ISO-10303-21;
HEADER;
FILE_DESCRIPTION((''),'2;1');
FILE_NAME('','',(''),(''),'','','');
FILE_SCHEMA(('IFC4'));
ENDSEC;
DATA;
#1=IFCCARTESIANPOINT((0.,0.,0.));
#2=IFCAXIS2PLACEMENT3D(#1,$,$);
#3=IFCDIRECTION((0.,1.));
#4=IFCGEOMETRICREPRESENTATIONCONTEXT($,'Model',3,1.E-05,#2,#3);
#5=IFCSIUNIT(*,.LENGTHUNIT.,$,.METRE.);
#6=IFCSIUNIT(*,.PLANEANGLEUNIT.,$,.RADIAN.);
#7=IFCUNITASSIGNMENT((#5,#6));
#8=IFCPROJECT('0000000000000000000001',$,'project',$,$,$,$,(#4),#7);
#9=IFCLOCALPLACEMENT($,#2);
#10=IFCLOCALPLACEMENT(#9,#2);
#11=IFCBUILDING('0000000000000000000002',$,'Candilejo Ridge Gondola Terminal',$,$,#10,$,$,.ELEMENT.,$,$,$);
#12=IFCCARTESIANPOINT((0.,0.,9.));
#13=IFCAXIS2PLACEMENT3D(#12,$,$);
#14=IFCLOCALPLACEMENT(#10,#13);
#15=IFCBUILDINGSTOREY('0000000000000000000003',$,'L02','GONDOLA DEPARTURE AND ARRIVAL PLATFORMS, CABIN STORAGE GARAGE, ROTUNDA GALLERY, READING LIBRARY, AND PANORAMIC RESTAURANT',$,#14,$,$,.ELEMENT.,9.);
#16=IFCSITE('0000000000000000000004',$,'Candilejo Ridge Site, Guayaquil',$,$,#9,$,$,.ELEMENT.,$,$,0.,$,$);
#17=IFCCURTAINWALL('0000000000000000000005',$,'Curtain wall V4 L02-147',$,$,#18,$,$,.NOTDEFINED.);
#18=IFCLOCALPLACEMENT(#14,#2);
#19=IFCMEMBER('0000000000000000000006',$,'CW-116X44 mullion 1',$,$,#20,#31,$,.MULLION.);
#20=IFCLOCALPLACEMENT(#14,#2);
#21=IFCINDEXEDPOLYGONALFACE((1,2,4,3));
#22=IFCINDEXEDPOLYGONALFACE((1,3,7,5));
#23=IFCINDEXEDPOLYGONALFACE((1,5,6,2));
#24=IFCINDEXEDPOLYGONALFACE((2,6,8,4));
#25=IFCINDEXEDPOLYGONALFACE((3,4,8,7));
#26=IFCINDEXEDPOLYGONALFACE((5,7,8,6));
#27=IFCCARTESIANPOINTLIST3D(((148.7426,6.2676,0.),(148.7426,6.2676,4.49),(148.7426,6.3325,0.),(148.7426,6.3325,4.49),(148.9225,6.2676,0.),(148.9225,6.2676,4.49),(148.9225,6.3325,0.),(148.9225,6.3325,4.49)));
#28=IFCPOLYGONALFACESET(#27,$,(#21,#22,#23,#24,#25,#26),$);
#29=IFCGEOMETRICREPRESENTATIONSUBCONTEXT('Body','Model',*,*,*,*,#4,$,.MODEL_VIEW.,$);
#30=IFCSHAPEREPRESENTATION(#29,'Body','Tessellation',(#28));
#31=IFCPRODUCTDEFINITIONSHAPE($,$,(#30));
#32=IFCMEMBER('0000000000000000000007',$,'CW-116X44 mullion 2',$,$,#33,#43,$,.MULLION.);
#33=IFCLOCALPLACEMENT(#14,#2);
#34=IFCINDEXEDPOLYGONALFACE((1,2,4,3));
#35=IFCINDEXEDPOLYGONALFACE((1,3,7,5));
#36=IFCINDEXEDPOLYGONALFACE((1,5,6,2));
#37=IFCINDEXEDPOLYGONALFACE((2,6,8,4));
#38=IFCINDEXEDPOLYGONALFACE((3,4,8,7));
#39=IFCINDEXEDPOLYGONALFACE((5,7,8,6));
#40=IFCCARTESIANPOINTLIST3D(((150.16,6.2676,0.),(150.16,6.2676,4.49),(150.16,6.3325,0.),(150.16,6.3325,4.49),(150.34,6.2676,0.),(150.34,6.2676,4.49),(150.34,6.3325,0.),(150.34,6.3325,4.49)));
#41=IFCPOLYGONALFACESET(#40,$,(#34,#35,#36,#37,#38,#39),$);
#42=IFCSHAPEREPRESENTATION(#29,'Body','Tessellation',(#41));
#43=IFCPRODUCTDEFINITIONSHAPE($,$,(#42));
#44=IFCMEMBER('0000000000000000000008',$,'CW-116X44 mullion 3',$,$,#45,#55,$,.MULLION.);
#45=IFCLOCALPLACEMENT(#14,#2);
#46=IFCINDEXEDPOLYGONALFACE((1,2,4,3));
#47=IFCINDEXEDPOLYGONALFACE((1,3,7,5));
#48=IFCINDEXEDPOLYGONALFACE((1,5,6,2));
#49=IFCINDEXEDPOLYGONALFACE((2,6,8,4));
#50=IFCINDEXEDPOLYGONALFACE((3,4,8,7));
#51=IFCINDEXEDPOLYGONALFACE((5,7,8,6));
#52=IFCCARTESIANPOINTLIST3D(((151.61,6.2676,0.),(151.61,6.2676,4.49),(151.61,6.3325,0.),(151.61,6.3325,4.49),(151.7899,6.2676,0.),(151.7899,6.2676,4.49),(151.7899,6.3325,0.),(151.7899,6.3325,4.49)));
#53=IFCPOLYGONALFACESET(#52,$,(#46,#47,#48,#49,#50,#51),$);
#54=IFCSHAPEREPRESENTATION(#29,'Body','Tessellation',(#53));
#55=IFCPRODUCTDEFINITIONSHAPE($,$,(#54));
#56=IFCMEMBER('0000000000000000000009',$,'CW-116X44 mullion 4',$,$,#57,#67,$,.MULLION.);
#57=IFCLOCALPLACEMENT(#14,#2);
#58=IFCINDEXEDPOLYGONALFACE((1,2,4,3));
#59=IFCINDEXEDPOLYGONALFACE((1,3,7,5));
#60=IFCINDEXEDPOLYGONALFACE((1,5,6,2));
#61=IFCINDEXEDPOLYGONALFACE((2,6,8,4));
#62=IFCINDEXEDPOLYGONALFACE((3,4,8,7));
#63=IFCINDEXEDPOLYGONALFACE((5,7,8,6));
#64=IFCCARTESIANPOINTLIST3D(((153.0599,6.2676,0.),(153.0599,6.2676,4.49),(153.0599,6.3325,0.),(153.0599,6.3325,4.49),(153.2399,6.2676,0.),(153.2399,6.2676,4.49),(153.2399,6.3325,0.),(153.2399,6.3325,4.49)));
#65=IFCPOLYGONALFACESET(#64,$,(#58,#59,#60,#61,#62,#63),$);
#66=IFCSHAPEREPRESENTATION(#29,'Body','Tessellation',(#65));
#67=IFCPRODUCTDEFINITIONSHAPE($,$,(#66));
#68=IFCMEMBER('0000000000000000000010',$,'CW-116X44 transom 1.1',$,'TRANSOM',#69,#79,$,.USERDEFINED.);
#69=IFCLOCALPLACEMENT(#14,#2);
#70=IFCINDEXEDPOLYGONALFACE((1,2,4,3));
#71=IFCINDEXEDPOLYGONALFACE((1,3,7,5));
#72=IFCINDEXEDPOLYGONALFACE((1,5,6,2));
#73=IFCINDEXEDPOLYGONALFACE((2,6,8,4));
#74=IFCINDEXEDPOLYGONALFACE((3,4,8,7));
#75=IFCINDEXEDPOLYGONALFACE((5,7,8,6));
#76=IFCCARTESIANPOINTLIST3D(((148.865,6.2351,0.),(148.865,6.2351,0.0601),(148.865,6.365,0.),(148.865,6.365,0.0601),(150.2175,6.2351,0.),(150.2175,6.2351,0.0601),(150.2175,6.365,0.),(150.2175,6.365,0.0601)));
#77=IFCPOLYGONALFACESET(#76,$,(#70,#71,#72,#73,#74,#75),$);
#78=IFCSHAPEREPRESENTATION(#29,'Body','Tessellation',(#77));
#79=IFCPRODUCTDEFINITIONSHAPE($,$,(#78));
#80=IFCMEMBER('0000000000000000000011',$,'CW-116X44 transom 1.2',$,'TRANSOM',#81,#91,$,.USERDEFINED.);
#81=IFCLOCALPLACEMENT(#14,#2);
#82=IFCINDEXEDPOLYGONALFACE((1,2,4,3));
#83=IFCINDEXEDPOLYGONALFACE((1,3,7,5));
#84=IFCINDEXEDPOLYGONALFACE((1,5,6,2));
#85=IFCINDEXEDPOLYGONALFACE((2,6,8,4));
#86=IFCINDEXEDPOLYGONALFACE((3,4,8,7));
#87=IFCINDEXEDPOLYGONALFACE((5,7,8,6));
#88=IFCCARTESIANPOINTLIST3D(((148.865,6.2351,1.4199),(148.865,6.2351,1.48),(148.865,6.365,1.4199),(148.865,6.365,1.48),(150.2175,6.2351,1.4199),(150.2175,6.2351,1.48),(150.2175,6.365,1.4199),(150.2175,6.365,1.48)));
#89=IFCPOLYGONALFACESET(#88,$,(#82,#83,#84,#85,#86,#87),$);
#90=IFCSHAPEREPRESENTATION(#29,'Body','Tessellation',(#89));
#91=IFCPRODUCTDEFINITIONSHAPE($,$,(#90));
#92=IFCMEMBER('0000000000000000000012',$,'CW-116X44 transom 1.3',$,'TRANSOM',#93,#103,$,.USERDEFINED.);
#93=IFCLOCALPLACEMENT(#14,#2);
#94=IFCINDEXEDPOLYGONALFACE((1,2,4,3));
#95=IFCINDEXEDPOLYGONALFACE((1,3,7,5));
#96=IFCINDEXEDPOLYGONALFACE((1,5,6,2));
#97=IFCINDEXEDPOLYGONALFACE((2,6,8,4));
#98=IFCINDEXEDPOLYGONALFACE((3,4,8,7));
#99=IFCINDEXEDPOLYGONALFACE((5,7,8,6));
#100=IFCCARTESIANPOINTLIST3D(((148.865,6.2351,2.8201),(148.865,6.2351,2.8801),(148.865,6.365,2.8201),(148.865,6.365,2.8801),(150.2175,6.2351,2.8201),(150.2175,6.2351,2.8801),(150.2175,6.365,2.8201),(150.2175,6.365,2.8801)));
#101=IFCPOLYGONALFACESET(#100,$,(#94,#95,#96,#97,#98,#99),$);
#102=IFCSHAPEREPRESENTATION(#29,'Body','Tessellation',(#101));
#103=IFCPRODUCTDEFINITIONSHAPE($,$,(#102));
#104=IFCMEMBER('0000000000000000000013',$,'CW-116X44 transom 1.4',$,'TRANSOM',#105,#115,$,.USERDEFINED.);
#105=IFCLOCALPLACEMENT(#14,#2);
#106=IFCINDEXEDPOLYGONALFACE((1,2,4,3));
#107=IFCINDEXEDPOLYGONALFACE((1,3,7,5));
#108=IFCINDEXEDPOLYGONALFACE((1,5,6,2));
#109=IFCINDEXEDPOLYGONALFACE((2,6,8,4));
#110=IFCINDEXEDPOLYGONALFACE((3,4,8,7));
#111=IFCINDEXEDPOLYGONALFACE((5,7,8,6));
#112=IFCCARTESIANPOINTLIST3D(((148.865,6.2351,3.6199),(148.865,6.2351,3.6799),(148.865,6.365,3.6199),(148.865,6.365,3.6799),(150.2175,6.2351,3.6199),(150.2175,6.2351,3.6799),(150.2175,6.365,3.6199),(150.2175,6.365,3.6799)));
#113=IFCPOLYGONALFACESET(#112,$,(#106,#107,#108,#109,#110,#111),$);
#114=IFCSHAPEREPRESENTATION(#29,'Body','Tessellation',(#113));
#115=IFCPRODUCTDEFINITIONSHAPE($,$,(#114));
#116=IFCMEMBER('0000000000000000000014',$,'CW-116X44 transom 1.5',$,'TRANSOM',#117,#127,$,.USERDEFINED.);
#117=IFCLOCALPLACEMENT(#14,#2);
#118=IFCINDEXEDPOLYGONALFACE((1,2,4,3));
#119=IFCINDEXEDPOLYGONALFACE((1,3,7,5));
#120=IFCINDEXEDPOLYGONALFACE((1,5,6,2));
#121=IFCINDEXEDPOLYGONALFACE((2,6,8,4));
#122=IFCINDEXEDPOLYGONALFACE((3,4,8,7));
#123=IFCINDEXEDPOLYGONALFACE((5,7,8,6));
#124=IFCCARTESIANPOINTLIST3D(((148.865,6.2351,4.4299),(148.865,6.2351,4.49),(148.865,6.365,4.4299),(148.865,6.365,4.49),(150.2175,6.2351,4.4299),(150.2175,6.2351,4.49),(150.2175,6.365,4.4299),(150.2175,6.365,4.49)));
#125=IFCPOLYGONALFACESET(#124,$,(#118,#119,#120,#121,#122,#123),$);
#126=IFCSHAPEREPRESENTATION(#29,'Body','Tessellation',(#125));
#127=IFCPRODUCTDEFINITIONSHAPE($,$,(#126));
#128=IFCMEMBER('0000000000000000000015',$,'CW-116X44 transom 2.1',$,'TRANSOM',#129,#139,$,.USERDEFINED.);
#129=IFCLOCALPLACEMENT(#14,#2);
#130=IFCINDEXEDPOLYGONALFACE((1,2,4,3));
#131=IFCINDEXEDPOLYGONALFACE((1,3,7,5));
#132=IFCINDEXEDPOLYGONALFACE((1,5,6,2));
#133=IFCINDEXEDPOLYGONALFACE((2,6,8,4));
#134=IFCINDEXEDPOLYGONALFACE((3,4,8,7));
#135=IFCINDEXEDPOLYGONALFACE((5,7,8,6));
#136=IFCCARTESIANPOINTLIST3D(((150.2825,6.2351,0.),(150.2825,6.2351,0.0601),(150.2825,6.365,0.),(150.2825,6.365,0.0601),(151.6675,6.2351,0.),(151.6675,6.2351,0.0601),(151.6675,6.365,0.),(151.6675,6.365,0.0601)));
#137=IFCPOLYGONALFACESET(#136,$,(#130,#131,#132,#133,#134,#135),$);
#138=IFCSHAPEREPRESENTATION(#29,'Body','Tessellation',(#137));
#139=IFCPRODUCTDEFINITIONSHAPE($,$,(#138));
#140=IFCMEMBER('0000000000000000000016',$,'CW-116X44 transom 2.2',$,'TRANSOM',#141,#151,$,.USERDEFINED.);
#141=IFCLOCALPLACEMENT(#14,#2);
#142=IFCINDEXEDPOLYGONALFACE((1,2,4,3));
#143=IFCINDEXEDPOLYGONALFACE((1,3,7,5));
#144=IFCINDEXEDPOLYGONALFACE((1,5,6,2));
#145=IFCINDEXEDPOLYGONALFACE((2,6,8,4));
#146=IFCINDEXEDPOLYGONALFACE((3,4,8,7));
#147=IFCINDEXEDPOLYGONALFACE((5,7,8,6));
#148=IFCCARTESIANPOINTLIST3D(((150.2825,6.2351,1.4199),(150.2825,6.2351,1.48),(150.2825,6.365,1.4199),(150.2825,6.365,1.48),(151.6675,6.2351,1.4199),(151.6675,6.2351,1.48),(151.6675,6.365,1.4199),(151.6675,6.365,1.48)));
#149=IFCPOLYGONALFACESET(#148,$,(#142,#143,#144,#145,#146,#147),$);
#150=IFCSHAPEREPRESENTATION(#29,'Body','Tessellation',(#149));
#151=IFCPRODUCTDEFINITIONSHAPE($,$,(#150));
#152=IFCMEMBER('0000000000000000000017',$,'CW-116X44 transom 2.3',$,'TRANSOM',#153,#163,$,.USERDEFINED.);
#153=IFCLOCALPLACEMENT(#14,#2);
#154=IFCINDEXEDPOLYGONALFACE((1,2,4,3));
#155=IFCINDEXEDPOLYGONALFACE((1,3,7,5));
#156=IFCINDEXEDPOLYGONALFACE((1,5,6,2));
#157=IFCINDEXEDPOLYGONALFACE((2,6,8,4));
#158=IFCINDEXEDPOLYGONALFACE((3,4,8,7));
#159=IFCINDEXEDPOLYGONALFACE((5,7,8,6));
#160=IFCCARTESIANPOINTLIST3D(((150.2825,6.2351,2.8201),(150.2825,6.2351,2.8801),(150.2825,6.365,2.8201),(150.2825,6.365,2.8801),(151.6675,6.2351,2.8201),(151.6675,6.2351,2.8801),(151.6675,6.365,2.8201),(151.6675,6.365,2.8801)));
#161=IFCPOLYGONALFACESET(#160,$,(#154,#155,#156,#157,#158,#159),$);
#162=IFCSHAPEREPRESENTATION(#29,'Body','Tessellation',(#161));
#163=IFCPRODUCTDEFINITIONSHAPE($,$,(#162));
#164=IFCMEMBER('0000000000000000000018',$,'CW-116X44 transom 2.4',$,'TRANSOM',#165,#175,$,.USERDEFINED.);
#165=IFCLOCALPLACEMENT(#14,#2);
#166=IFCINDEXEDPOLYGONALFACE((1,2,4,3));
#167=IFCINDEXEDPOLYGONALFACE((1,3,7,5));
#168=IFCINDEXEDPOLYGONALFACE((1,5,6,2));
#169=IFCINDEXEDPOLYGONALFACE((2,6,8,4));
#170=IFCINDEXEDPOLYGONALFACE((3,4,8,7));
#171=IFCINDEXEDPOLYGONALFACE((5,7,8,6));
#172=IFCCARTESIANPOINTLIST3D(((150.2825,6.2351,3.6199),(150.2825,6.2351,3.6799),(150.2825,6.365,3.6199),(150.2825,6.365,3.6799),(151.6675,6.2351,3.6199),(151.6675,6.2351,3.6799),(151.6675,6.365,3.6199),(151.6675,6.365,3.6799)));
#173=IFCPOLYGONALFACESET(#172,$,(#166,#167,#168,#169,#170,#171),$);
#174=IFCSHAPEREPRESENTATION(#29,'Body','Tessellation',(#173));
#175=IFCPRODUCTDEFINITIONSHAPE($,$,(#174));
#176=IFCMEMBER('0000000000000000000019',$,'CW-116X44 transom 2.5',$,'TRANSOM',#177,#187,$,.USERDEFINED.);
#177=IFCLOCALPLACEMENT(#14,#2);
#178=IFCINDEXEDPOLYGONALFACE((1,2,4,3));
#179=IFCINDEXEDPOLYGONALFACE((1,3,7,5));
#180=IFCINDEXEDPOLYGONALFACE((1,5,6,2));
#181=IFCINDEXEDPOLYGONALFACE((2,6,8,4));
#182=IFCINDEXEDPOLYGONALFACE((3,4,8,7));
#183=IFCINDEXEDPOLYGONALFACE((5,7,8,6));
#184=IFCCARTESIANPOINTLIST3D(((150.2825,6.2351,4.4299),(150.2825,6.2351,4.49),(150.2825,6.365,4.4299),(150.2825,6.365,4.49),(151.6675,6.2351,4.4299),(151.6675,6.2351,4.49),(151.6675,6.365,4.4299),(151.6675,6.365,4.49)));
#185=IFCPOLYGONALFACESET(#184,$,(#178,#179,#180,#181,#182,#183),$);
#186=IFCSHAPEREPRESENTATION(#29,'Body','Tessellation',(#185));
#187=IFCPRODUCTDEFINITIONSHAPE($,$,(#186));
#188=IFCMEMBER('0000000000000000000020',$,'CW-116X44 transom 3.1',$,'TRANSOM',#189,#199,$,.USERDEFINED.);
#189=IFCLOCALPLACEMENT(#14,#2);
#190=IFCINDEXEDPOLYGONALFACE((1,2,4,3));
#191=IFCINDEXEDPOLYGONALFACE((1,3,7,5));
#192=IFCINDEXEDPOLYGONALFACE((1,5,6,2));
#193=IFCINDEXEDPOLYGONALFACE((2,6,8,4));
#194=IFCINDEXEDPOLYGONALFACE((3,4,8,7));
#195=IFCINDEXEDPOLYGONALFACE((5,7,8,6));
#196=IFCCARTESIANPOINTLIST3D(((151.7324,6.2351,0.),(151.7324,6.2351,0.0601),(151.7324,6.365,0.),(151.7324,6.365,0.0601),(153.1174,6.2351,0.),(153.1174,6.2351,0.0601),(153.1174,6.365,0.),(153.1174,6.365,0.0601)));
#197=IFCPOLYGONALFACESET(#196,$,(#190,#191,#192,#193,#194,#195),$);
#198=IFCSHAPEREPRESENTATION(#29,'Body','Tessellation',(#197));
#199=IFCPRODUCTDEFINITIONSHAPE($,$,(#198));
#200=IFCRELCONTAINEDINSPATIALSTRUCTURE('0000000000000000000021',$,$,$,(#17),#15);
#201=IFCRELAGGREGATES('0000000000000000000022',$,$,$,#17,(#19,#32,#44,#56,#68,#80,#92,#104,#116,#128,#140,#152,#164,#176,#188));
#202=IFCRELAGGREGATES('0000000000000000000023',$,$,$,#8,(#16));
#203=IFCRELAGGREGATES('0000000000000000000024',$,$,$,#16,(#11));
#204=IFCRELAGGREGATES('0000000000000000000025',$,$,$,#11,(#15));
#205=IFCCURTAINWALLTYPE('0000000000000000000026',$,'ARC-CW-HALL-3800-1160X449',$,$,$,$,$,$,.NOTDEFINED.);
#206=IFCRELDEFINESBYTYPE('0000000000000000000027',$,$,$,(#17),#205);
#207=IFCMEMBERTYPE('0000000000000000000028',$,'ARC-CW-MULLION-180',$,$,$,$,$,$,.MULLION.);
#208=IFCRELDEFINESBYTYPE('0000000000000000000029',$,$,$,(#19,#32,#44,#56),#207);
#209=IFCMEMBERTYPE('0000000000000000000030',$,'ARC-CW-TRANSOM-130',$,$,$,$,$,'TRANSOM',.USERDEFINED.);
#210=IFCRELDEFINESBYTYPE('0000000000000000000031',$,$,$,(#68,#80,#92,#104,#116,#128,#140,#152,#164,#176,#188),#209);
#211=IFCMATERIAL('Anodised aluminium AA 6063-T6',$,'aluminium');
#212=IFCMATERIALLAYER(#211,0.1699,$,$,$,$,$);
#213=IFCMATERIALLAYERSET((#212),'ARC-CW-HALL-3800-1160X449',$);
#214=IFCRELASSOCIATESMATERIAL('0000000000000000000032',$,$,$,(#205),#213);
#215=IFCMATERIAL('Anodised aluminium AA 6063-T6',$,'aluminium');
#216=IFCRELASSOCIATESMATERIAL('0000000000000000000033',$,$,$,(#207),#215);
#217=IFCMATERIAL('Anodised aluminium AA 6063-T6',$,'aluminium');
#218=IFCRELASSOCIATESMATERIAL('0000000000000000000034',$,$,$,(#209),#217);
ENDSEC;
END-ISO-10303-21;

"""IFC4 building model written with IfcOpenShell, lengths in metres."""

from ifc_helpers import new_model, si_unit, direction, frame, origin, origin_2d, place, context, subcontext, project, spatial, rectangle, extrude, material, layer, layer_set, material_profile, profile_set, type_object, element, aggregate, save


model = new_model("IFC4")

# Units and contexts
model_context = context("Model", 3, precision=1e-05, world=origin(), true_north=direction((0.0, 1.0)))
body_context = subcontext(model_context, "Body", "Model", "MODEL_VIEW")
ifc_project = project(units=[si_unit("LENGTHUNIT", "METRE"), si_unit("PLANEANGLEUNIT", "RADIAN")], contexts=[model_context])

# Site, building, storey
site_placement = place(None, origin())
site = spatial("IfcSite", under=ifc_project, at=site_placement, Name="Candilejo Ridge Site, Guayaquil", CompositionType="ELEMENT", RefElevation=0.0)
building_placement = place(site_placement, origin())
building = spatial("IfcBuilding", under=site, at=building_placement, Name="Candilejo Ridge Gondola Terminal", CompositionType="ELEMENT")
storey_placement = place(building_placement, frame((0.0, 0.0, 9.0)))
storey = spatial("IfcBuildingStorey", under=building, at=storey_placement, Name="L02", Description="GONDOLA DEPARTURE AND ARRIVAL PLATFORMS, CABIN STORAGE GARAGE, ROTUNDA GALLERY, READING LIBRARY, AND PANORAMIC RESTAURANT", CompositionType="ELEMENT", Elevation=9.0)

# Curtain wall, members
ifc_material_1 = material(Name="Anodised aluminium AA 6063-T6", Category="aluminium")
ifc_layer_1 = layer(ifc_material_1, 0.1699)
ifc_layer_set_1 = layer_set([ifc_layer_1], Name="ARC-CW-HALL-3800-1160X449")
curtain_wall_type = type_object("IfcCurtainWallType", Name="ARC-CW-HALL-3800-1160X449", PredefinedType="NOTDEFINED", material=ifc_layer_set_1)
curtain_wall_placement = place(storey_placement, origin())
curtain_wall = element("IfcCurtainWall", 1, at=curtain_wall_placement, inside=storey, type_object=curtain_wall_type, Name="Curtain wall V4 L02-147", PredefinedType="NOTDEFINED")
ifc_material_2 = material(Name="Anodised aluminium AA 6063-T6", Category="aluminium")
ifc_material_profile_1 = material_profile(ifc_material_2, rectangle(XDim=0.0649, YDim=0.1799, at=origin_2d()))
ifc_profile_set_1 = profile_set([ifc_material_profile_1], Name="Anodised aluminium AA 6063-T6")
member_type_1 = type_object("IfcMemberType", Name="ARC-CW-MULLION-180", PredefinedType="MULLION", material=ifc_profile_set_1)
member_1_placement = place(storey_placement, frame((148.8325, 6.3, 0.0), z_axis=(0.0, 0.0, 1.0), x_axis=(0.0, 1.0, 0.0)))
member_1 = element("IfcMember", 2, at=member_1_placement, type_object=member_type_1, Name="CW-116X44 mullion 1", PredefinedType="MULLION", context=body_context, shape_type="SweptSolid", body=[
    extrude(rectangle(XDim=0.0649, YDim=0.1799, at=origin_2d()), origin(), (0.0, 0.0, 1.0), 4.49),
])
member_2_placement = place(storey_placement, frame((150.25, 6.3, 0.0), z_axis=(0.0, 0.0, 1.0), x_axis=(0.0, 1.0, 0.0)))
member_2 = element("IfcMember", 3, at=member_2_placement, type_object=member_type_1, Name="CW-116X44 mullion 2", PredefinedType="MULLION", context=body_context, shape_type="SweptSolid", body=[
    extrude(rectangle(XDim=0.0649, YDim=0.1799, at=origin_2d()), origin(), (0.0, 0.0, 1.0), 4.49),
])
member_3_placement = place(storey_placement, frame((151.7, 6.3, 0.0), z_axis=(0.0, 0.0, 1.0), x_axis=(0.0, 1.0, 0.0)))
member_3 = element("IfcMember", 4, at=member_3_placement, type_object=member_type_1, Name="CW-116X44 mullion 3", PredefinedType="MULLION", context=body_context, shape_type="SweptSolid", body=[
    extrude(rectangle(XDim=0.0649, YDim=0.1799, at=origin_2d()), origin(), (0.0, 0.0, 1.0), 4.49),
])
member_4_placement = place(storey_placement, frame((153.1499, 6.3, 0.0), z_axis=(0.0, 0.0, 1.0), x_axis=(0.0, 1.0, 0.0)))
member_4 = element("IfcMember", 5, at=member_4_placement, type_object=member_type_1, Name="CW-116X44 mullion 4", PredefinedType="MULLION", context=body_context, shape_type="SweptSolid", body=[
    extrude(rectangle(XDim=0.0649, YDim=0.1799, at=origin_2d()), origin(), (0.0, 0.0, 1.0), 4.49),
])
ifc_material_3 = material(Name="Anodised aluminium AA 6063-T6", Category="aluminium")
ifc_material_profile_2 = material_profile(ifc_material_3, rectangle(XDim=0.1299, YDim=0.0601, at=origin_2d()))
ifc_profile_set_2 = profile_set([ifc_material_profile_2], Name="Anodised aluminium AA 6063-T6")
member_type_2 = type_object("IfcMemberType", Name="ARC-CW-TRANSOM-130", ElementType="TRANSOM", PredefinedType="USERDEFINED", material=ifc_profile_set_2)
member_5_placement = place(storey_placement, frame((148.865, 6.3, 0.03), z_axis=(1.0, 0.0, 0.0), x_axis=(0.0, 1.0, 0.0)))
member_5 = element("IfcMember", 6, at=member_5_placement, type_object=member_type_2, Name="CW-116X44 transom 1.1", ObjectType="TRANSOM", PredefinedType="USERDEFINED", context=body_context, shape_type="SweptSolid", body=[
    extrude(rectangle(XDim=0.1299, YDim=0.0601, at=origin_2d()), origin(), (0.0, 0.0, 1.0), 1.3525),
])
member_6_placement = place(storey_placement, frame((148.865, 6.3, 1.45), z_axis=(1.0, 0.0, 0.0), x_axis=(0.0, 1.0, 0.0)))
member_6 = element("IfcMember", 7, at=member_6_placement, type_object=member_type_2, Name="CW-116X44 transom 1.2", ObjectType="TRANSOM", PredefinedType="USERDEFINED", context=body_context, shape_type="SweptSolid", body=[
    extrude(rectangle(XDim=0.1299, YDim=0.0601, at=origin_2d()), origin(), (0.0, 0.0, 1.0), 1.3525),
])
member_7_placement = place(storey_placement, frame((148.865, 6.3, 2.8501), z_axis=(1.0, 0.0, 0.0), x_axis=(0.0, 1.0, 0.0)))
member_7 = element("IfcMember", 8, at=member_7_placement, type_object=member_type_2, Name="CW-116X44 transom 1.3", ObjectType="TRANSOM", PredefinedType="USERDEFINED", context=body_context, shape_type="SweptSolid", body=[
    extrude(rectangle(XDim=0.1299, YDim=0.0601, at=origin_2d()), origin(), (0.0, 0.0, 1.0), 1.3525),
])
member_8_placement = place(storey_placement, frame((148.865, 6.3, 3.6499), z_axis=(1.0, 0.0, 0.0), x_axis=(0.0, 1.0, 0.0)))
member_8 = element("IfcMember", 9, at=member_8_placement, type_object=member_type_2, Name="CW-116X44 transom 1.4", ObjectType="TRANSOM", PredefinedType="USERDEFINED", context=body_context, shape_type="SweptSolid", body=[
    extrude(rectangle(XDim=0.1299, YDim=0.0601, at=origin_2d()), origin(), (0.0, 0.0, 1.0), 1.3525),
])
member_9_placement = place(storey_placement, frame((148.865, 6.3, 4.46), z_axis=(1.0, 0.0, 0.0), x_axis=(0.0, 1.0, 0.0)))
member_9 = element("IfcMember", 10, at=member_9_placement, type_object=member_type_2, Name="CW-116X44 transom 1.5", ObjectType="TRANSOM", PredefinedType="USERDEFINED", context=body_context, shape_type="SweptSolid", body=[
    extrude(rectangle(XDim=0.1299, YDim=0.0601, at=origin_2d()), origin(), (0.0, 0.0, 1.0), 1.3525),
])
member_10_placement = place(storey_placement, frame((150.2825, 6.3, 0.03), z_axis=(1.0, 0.0, 0.0), x_axis=(0.0, 1.0, 0.0)))
member_10 = element("IfcMember", 11, at=member_10_placement, type_object=member_type_2, Name="CW-116X44 transom 2.1", ObjectType="TRANSOM", PredefinedType="USERDEFINED", context=body_context, shape_type="SweptSolid", body=[
    extrude(rectangle(XDim=0.1299, YDim=0.0601, at=origin_2d()), origin(), (0.0, 0.0, 1.0), 1.385),
])
member_11_placement = place(storey_placement, frame((150.2825, 6.3, 1.45), z_axis=(1.0, 0.0, 0.0), x_axis=(0.0, 1.0, 0.0)))
member_11 = element("IfcMember", 12, at=member_11_placement, type_object=member_type_2, Name="CW-116X44 transom 2.2", ObjectType="TRANSOM", PredefinedType="USERDEFINED", context=body_context, shape_type="SweptSolid", body=[
    extrude(rectangle(XDim=0.1299, YDim=0.0601, at=origin_2d()), origin(), (0.0, 0.0, 1.0), 1.385),
])
member_12_placement = place(storey_placement, frame((150.2825, 6.3, 2.8501), z_axis=(1.0, 0.0, 0.0), x_axis=(0.0, 1.0, 0.0)))
member_12 = element("IfcMember", 13, at=member_12_placement, type_object=member_type_2, Name="CW-116X44 transom 2.3", ObjectType="TRANSOM", PredefinedType="USERDEFINED", context=body_context, shape_type="SweptSolid", body=[
    extrude(rectangle(XDim=0.1299, YDim=0.0601, at=origin_2d()), origin(), (0.0, 0.0, 1.0), 1.385),
])
member_13_placement = place(storey_placement, frame((150.2825, 6.3, 3.6499), z_axis=(1.0, 0.0, 0.0), x_axis=(0.0, 1.0, 0.0)))
member_13 = element("IfcMember", 14, at=member_13_placement, type_object=member_type_2, Name="CW-116X44 transom 2.4", ObjectType="TRANSOM", PredefinedType="USERDEFINED", context=body_context, shape_type="SweptSolid", body=[
    extrude(rectangle(XDim=0.1299, YDim=0.0601, at=origin_2d()), origin(), (0.0, 0.0, 1.0), 1.385),
])
member_14_placement = place(storey_placement, frame((150.2825, 6.3, 4.46), z_axis=(1.0, 0.0, 0.0), x_axis=(0.0, 1.0, 0.0)))
member_14 = element("IfcMember", 15, at=member_14_placement, type_object=member_type_2, Name="CW-116X44 transom 2.5", ObjectType="TRANSOM", PredefinedType="USERDEFINED", context=body_context, shape_type="SweptSolid", body=[
    extrude(rectangle(XDim=0.1299, YDim=0.0601, at=origin_2d()), origin(), (0.0, 0.0, 1.0), 1.385),
])
member_15_placement = place(storey_placement, frame((151.7324, 6.3, 0.03), z_axis=(1.0, 0.0, 0.0), x_axis=(0.0, 1.0, 0.0)))
member_15 = element("IfcMember", 16, at=member_15_placement, type_object=member_type_2, Name="CW-116X44 transom 3.1", ObjectType="TRANSOM", PredefinedType="USERDEFINED", context=body_context, shape_type="SweptSolid", body=[
    extrude(rectangle(XDim=0.1299, YDim=0.0601, at=origin_2d()), origin(), (0.0, 0.0, 1.0), 1.385),
])
aggregate(curtain_wall, [member_1, member_2, member_3, member_4, member_5, member_6, member_7, member_8, member_9, member_10, member_11, member_12, member_13, member_14, member_15])

save(model, "model.ifc")
